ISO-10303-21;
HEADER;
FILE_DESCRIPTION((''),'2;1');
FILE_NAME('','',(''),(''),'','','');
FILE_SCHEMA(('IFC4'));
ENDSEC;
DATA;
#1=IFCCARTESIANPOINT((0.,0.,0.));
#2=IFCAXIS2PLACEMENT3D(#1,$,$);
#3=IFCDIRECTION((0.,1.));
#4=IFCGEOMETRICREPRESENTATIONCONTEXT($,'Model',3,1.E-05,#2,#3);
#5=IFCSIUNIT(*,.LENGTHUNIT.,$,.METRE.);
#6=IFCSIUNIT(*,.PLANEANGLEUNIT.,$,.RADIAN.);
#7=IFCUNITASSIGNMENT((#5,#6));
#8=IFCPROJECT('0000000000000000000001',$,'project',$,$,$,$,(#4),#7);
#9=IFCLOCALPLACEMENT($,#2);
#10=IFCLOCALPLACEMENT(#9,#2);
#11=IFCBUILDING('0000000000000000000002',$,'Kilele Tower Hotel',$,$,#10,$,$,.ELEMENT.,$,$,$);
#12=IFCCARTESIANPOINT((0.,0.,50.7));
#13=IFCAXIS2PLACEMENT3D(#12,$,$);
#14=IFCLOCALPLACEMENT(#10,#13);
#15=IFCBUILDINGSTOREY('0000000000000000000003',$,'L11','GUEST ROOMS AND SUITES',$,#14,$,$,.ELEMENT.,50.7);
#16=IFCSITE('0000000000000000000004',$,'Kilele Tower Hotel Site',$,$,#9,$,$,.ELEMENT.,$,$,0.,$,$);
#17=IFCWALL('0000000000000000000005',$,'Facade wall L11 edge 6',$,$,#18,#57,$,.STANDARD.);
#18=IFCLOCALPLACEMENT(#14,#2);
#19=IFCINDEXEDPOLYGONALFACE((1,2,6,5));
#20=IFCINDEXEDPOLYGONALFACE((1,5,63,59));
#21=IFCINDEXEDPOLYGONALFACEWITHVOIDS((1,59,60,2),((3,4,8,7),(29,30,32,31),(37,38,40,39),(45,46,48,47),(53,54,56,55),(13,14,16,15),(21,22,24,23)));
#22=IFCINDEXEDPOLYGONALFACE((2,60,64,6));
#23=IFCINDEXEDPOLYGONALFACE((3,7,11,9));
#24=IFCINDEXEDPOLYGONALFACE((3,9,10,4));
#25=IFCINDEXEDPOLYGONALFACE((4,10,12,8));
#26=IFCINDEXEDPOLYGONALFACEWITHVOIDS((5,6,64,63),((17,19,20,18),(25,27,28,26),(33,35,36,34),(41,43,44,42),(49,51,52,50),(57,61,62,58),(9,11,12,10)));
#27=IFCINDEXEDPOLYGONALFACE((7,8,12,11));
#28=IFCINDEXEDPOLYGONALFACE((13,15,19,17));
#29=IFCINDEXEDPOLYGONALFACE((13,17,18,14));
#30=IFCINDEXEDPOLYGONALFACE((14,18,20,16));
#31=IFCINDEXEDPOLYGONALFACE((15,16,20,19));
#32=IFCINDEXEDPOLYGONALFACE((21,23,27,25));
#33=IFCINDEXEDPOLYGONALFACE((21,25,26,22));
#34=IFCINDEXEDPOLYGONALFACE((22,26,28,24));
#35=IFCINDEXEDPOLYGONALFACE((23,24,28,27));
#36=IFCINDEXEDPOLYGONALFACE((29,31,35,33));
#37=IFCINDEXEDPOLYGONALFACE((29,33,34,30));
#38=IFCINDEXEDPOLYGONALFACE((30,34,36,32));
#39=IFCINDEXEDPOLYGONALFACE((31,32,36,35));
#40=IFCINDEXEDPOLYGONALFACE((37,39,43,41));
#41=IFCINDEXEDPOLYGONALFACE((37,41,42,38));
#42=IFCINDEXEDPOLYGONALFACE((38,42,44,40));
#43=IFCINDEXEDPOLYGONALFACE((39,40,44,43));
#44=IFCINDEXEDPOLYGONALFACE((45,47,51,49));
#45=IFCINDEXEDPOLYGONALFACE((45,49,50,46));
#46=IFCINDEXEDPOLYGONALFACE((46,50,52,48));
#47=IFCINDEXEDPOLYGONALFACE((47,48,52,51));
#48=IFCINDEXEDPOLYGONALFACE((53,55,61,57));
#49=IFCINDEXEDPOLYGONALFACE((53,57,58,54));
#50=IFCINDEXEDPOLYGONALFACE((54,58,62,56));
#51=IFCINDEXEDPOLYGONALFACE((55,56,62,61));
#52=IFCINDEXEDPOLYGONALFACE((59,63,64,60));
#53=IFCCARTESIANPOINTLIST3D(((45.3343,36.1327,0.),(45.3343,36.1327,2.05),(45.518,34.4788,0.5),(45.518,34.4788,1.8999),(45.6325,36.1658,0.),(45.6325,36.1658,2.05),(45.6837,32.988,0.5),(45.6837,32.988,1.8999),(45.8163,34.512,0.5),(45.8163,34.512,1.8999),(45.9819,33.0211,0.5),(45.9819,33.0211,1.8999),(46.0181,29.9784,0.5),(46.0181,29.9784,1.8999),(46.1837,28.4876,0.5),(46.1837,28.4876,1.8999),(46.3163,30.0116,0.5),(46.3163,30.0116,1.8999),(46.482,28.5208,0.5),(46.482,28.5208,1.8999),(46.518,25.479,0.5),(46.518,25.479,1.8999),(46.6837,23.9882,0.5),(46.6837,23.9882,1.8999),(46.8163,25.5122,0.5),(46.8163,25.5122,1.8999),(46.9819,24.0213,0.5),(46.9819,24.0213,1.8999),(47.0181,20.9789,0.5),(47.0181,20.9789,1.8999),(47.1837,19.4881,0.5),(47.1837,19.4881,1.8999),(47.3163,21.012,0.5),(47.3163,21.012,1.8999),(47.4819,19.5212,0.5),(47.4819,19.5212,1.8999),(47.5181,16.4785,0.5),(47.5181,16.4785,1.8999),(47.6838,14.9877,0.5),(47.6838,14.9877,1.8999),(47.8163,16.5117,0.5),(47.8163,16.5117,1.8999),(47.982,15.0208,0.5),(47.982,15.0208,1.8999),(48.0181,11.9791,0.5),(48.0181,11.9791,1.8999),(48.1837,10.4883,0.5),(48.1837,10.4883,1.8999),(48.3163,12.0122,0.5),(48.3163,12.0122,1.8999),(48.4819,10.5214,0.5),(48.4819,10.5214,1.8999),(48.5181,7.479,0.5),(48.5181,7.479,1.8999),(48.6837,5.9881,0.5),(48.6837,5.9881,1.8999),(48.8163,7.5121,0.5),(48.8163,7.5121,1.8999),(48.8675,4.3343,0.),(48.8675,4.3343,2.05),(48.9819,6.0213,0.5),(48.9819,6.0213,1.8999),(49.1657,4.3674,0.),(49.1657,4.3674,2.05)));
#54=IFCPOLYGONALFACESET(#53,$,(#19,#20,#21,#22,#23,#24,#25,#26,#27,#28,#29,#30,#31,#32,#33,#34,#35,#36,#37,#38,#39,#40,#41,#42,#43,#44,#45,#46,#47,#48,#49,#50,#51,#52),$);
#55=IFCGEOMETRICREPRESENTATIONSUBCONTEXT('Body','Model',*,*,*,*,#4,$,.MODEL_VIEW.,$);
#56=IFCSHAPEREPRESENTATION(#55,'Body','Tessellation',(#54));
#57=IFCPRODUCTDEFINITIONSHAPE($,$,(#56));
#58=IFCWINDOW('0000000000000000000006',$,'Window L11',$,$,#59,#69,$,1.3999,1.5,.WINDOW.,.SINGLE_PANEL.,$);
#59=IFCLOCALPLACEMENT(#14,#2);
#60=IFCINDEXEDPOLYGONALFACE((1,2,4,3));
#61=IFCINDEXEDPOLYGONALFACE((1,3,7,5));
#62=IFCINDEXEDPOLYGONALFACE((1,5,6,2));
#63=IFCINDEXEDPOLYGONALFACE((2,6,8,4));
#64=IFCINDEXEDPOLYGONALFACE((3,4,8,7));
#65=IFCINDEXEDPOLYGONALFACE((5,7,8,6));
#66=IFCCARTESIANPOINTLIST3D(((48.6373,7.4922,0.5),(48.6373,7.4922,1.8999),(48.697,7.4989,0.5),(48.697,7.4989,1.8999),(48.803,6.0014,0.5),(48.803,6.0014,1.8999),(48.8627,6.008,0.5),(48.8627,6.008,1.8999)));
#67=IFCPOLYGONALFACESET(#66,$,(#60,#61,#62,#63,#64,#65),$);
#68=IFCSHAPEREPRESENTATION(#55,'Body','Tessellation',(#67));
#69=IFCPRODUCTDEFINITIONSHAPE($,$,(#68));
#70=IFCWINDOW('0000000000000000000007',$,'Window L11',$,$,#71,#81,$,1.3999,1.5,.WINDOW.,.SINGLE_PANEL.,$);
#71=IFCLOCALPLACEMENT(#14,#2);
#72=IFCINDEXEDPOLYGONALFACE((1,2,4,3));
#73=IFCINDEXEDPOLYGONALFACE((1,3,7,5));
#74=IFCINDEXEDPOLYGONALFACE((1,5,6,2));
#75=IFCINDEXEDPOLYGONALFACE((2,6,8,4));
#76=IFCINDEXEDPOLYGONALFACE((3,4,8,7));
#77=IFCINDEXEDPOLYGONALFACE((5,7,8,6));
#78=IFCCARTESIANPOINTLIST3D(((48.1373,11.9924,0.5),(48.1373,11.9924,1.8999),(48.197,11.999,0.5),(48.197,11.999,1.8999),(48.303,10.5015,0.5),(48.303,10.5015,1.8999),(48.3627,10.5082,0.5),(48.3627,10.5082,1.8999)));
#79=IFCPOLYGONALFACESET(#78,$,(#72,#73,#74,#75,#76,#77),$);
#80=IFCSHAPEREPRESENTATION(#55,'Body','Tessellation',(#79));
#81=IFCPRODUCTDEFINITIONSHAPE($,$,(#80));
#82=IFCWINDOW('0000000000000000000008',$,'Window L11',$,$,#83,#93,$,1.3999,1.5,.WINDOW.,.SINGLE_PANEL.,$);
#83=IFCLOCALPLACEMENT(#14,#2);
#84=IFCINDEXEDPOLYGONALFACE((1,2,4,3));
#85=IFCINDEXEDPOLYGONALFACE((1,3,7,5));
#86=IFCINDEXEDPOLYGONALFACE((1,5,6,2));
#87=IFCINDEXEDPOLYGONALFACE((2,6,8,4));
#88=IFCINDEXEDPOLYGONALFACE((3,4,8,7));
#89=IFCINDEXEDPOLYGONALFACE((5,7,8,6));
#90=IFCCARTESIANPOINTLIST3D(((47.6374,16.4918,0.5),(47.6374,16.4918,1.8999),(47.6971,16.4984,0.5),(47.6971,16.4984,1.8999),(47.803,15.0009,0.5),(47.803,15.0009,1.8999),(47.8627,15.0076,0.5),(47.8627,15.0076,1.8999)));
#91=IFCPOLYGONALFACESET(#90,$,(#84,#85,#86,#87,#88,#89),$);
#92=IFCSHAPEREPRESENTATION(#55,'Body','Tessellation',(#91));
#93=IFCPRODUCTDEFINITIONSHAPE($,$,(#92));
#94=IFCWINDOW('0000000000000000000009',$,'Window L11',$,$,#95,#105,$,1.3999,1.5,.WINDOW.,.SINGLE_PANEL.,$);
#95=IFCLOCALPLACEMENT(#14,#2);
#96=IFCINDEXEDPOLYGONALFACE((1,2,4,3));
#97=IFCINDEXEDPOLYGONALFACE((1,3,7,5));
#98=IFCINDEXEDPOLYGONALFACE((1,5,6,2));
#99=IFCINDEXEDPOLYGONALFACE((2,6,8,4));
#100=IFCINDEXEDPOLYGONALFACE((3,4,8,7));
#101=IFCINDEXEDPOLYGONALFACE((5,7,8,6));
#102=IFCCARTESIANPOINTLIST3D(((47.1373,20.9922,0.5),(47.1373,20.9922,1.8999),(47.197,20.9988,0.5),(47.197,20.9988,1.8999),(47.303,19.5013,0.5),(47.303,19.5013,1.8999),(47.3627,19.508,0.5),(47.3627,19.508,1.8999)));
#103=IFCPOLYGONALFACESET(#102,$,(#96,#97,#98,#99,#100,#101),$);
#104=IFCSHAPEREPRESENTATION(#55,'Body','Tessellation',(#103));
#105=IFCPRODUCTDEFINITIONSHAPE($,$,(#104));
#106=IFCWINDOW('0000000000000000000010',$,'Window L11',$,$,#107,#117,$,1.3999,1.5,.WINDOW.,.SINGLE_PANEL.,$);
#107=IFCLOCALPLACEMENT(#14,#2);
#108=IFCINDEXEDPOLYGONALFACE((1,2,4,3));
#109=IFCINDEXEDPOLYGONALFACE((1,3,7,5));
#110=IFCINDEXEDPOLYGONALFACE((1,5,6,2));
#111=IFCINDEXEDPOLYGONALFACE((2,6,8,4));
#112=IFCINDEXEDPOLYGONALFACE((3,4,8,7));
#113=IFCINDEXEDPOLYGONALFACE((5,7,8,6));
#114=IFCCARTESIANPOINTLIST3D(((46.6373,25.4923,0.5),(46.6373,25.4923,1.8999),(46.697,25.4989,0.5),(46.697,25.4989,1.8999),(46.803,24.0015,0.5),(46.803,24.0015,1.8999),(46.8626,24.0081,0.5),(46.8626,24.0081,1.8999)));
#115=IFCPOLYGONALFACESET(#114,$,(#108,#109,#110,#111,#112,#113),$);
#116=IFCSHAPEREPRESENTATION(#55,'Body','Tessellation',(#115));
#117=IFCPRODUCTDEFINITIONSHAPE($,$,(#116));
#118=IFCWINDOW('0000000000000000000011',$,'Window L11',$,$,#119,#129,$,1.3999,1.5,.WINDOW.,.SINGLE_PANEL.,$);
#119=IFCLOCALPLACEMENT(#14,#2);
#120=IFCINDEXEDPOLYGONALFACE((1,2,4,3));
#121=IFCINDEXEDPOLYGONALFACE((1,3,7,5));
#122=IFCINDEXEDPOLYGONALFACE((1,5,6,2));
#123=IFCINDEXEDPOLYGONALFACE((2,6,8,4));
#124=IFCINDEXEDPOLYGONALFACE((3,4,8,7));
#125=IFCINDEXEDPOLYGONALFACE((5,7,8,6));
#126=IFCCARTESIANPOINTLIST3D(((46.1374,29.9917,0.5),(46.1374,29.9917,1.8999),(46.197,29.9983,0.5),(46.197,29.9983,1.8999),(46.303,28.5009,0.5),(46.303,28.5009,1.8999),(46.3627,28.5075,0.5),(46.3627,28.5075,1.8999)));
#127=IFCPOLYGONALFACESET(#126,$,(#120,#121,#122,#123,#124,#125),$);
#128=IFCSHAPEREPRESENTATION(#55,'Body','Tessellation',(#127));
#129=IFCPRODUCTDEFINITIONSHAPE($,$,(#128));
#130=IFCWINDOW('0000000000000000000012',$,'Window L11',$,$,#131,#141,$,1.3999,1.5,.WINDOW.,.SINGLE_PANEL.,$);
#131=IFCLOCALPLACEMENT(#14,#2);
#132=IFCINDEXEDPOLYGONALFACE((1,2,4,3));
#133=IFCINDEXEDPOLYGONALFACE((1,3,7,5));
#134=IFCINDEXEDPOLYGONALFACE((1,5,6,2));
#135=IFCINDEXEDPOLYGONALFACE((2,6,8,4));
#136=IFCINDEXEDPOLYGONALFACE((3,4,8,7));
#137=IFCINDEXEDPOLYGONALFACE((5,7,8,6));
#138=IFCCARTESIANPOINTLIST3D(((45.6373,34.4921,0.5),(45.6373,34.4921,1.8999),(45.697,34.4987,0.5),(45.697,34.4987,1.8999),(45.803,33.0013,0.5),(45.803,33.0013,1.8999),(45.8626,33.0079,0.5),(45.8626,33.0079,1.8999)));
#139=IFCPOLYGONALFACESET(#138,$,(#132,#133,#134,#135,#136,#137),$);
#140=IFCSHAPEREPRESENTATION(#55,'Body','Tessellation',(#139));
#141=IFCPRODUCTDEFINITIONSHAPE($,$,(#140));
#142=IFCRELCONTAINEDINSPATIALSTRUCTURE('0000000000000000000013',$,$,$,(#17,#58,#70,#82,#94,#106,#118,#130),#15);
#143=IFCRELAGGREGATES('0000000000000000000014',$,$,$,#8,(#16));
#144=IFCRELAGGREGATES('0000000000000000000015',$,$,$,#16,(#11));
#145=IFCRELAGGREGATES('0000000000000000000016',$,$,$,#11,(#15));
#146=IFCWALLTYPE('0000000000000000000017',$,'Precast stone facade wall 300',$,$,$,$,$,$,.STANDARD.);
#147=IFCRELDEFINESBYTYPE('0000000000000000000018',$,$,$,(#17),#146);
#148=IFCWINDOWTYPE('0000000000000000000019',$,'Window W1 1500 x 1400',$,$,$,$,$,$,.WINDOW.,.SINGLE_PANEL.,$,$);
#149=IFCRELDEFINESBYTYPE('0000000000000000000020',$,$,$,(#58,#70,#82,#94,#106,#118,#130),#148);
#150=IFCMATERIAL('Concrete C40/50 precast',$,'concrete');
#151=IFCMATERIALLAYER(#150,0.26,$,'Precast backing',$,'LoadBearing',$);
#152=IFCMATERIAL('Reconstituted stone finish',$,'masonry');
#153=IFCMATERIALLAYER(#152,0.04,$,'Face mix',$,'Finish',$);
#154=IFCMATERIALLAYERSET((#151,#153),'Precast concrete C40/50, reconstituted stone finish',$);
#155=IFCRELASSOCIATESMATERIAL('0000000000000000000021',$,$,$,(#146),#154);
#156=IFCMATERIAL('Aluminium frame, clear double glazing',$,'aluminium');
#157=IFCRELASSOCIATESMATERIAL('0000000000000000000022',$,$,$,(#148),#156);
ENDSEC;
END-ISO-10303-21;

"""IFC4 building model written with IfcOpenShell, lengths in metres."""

from ifc_helpers import new_model, si_unit, direction, frame, frame_2d, origin, place, context, subcontext, project, spatial, rectangle, extrude, material, layer, layer_set, type_object, element, fill, save


model = new_model("IFC4")

# Units and contexts
model_context = context("Model", 3, precision=1e-05, world=origin(), true_north=direction((0.0, 1.0)))
body_context = subcontext(model_context, "Body", "Model", "MODEL_VIEW")
ifc_project = project(units=[si_unit("LENGTHUNIT", "METRE"), si_unit("PLANEANGLEUNIT", "RADIAN")], contexts=[model_context])

# Site, building, storey
site_placement = place(None, origin())
site = spatial("IfcSite", under=ifc_project, at=site_placement, Name="Kilele Tower Hotel Site", CompositionType="ELEMENT", RefElevation=0.0)
building_placement = place(site_placement, origin())
building = spatial("IfcBuilding", under=site, at=building_placement, Name="Kilele Tower Hotel", CompositionType="ELEMENT")
storey_placement = place(building_placement, frame((0.0, 0.0, 50.7)))
storey = spatial("IfcBuildingStorey", under=building, at=storey_placement, Name="L11", Description="GUEST ROOMS AND SUITES", CompositionType="ELEMENT", Elevation=50.7)

# Shared definitions
ifc_material_1 = material(Name="Concrete C40/50 precast", Category="concrete")
ifc_layer_1 = layer(ifc_material_1, 0.26, Name="Precast backing", Category="LoadBearing")
ifc_material_2 = material(Name="Reconstituted stone finish", Category="masonry")
ifc_layer_2 = layer(ifc_material_2, 0.04, Name="Face mix", Category="Finish")
ifc_layer_set_1 = layer_set([ifc_layer_1, ifc_layer_2], Name="Precast concrete C40/50, reconstituted stone finish")
wall_type_1 = type_object("IfcWallType", Name="Precast stone facade wall 300", PredefinedType="STANDARD", material=ifc_layer_set_1)
ifc_material_3 = material(Name="Aluminium frame, clear double glazing", Category="aluminium")
window_type = type_object("IfcWindowType", Name="Window W1 1500 x 1400", PartitioningType="SINGLE_PANEL", PredefinedType="WINDOW", material=ifc_material_3)

# Wall, openings, windows
wall_1_placement = place(storey_placement, frame((49.0166, 4.3508, 0.0), z_axis=(0.0, 0.0, 1.0), x_axis=(-0.110433, 0.993884, 0.0)))
wall_1 = element("IfcWall", 1, at=wall_1_placement, inside=storey, type_object=wall_type_1, Name="Facade wall L11 edge 6", PredefinedType="STANDARD", context=body_context, shape_type="SweptSolid", body=[
    extrude(rectangle(XDim=31.9941, YDim=0.3, at=frame_2d((15.9971, 0.0))), origin(), (0.0, 0.0, 1.0), 2.05),
])
opening_1_placement = place(wall_1_placement, frame((1.6641, 0.0, 0.5)))
opening_1 = element("IfcOpeningElement", 2, at=opening_1_placement, cuts=wall_1, PredefinedType="OPENING", context=body_context, shape_type="SweptSolid", body=[
    extrude(rectangle(XDim=1.5, YDim=1.3999, at=frame_2d((0.75, 0.7))), frame((0.0, 0.1599, 0.0), z_axis=(0.0, -1.0, 0.0), x_axis=(1.0, 0.0, 0.0)), (0.0, 0.0, 1.0), 0.3201),
])
opening_2_placement = place(wall_1_placement, frame((6.1919, 0.0, 0.5)))
opening_2 = element("IfcOpeningElement", 3, at=opening_2_placement, cuts=wall_1, PredefinedType="OPENING", context=body_context, shape_type="SweptSolid", body=[
    extrude(rectangle(XDim=1.5, YDim=1.3999, at=frame_2d((0.75, 0.7))), frame((0.0, 0.1599, 0.0), z_axis=(0.0, -1.0, 0.0), x_axis=(1.0, 0.0, 0.0)), (0.0, 0.0, 1.0), 0.3201),
])
opening_3_placement = place(wall_1_placement, frame((10.719, 0.0, 0.5)))
opening_3 = element("IfcOpeningElement", 4, at=opening_3_placement, cuts=wall_1, PredefinedType="OPENING", context=body_context, shape_type="SweptSolid", body=[
    extrude(rectangle(XDim=1.5, YDim=1.3999, at=frame_2d((0.75, 0.7))), frame((0.0, 0.1599, 0.0), z_axis=(0.0, -1.0, 0.0), x_axis=(1.0, 0.0, 0.0)), (0.0, 0.0, 1.0), 0.3201),
])
opening_4_placement = place(wall_1_placement, frame((15.2471, 0.0, 0.5)))
opening_4 = element("IfcOpeningElement", 5, at=opening_4_placement, cuts=wall_1, PredefinedType="OPENING", context=body_context, shape_type="SweptSolid", body=[
    extrude(rectangle(XDim=1.5, YDim=1.3999, at=frame_2d((0.75, 0.7))), frame((0.0, 0.1599, 0.0), z_axis=(0.0, -1.0, 0.0), x_axis=(1.0, 0.0, 0.0)), (0.0, 0.0, 1.0), 0.3201),
])
opening_5_placement = place(wall_1_placement, frame((19.7749, 0.0, 0.5)))
opening_5 = element("IfcOpeningElement", 6, at=opening_5_placement, cuts=wall_1, PredefinedType="OPENING", context=body_context, shape_type="SweptSolid", body=[
    extrude(rectangle(XDim=1.5, YDim=1.3999, at=frame_2d((0.75, 0.7))), frame((0.0, 0.1599, 0.0), z_axis=(0.0, -1.0, 0.0), x_axis=(1.0, 0.0, 0.0)), (0.0, 0.0, 1.0), 0.3201),
])
opening_6_placement = place(wall_1_placement, frame((24.302, 0.0, 0.5)))
opening_6 = element("IfcOpeningElement", 7, at=opening_6_placement, cuts=wall_1, PredefinedType="OPENING", context=body_context, shape_type="SweptSolid", body=[
    extrude(rectangle(XDim=1.5, YDim=1.3999, at=frame_2d((0.75, 0.7))), frame((0.0, 0.1599, 0.0), z_axis=(0.0, -1.0, 0.0), x_axis=(1.0, 0.0, 0.0)), (0.0, 0.0, 1.0), 0.3201),
])
opening_7_placement = place(wall_1_placement, frame((28.8301, 0.0, 0.5)))
opening_7 = element("IfcOpeningElement", 8, at=opening_7_placement, cuts=wall_1, PredefinedType="OPENING", context=body_context, shape_type="SweptSolid", body=[
    extrude(rectangle(XDim=1.5, YDim=1.3999, at=frame_2d((0.75, 0.7))), frame((0.0, 0.1599, 0.0), z_axis=(0.0, -1.0, 0.0), x_axis=(1.0, 0.0, 0.0)), (0.0, 0.0, 1.0), 0.3201),
])
window_1_placement = place(opening_1_placement, origin())
window_1 = element("IfcWindow", 9, at=window_1_placement, inside=storey, type_object=window_type, Name="Window L11", OverallHeight=1.3999, OverallWidth=1.5, PartitioningType="SINGLE_PANEL", PredefinedType="WINDOW", context=body_context, shape_type="SweptSolid", body=[
    extrude(rectangle(XDim=1.5, YDim=1.3999, at=frame_2d((0.75, 0.7))), frame((0.0, 0.03, 0.0), z_axis=(0.0, -1.0, 0.0), x_axis=(1.0, 0.0, 0.0)), (0.0, 0.0, 1.0), 0.0601),
])
fill(opening_1, window_1)
window_2_placement = place(opening_2_placement, origin())
window_2 = element("IfcWindow", 10, at=window_2_placement, inside=storey, type_object=window_type, Name="Window L11", OverallHeight=1.3999, OverallWidth=1.5, PartitioningType="SINGLE_PANEL", PredefinedType="WINDOW", context=body_context, shape_type="SweptSolid", body=[
    extrude(rectangle(XDim=1.5, YDim=1.3999, at=frame_2d((0.75, 0.7))), frame((0.0, 0.03, 0.0), z_axis=(0.0, -1.0, 0.0), x_axis=(1.0, 0.0, 0.0)), (0.0, 0.0, 1.0), 0.0601),
])
fill(opening_2, window_2)
window_3_placement = place(opening_3_placement, origin())
window_3 = element("IfcWindow", 11, at=window_3_placement, inside=storey, type_object=window_type, Name="Window L11", OverallHeight=1.3999, OverallWidth=1.5, PartitioningType="SINGLE_PANEL", PredefinedType="WINDOW", context=body_context, shape_type="SweptSolid", body=[
    extrude(rectangle(XDim=1.5, YDim=1.3999, at=frame_2d((0.75, 0.7))), frame((0.0, 0.03, 0.0), z_axis=(0.0, -1.0, 0.0), x_axis=(1.0, 0.0, 0.0)), (0.0, 0.0, 1.0), 0.0601),
])
fill(opening_3, window_3)
window_4_placement = place(opening_4_placement, origin())
window_4 = element("IfcWindow", 12, at=window_4_placement, inside=storey, type_object=window_type, Name="Window L11", OverallHeight=1.3999, OverallWidth=1.5, PartitioningType="SINGLE_PANEL", PredefinedType="WINDOW", context=body_context, shape_type="SweptSolid", body=[
    extrude(rectangle(XDim=1.5, YDim=1.3999, at=frame_2d((0.75, 0.7))), frame((0.0, 0.03, 0.0), z_axis=(0.0, -1.0, 0.0), x_axis=(1.0, 0.0, 0.0)), (0.0, 0.0, 1.0), 0.0601),
])
fill(opening_4, window_4)
window_5_placement = place(opening_5_placement, origin())
window_5 = element("IfcWindow", 13, at=window_5_placement, inside=storey, type_object=window_type, Name="Window L11", OverallHeight=1.3999, OverallWidth=1.5, PartitioningType="SINGLE_PANEL", PredefinedType="WINDOW", context=body_context, shape_type="SweptSolid", body=[
    extrude(rectangle(XDim=1.5, YDim=1.3999, at=frame_2d((0.75, 0.7))), frame((0.0, 0.03, 0.0), z_axis=(0.0, -1.0, 0.0), x_axis=(1.0, 0.0, 0.0)), (0.0, 0.0, 1.0), 0.0601),
])
fill(opening_5, window_5)
window_6_placement = place(opening_6_placement, origin())
window_6 = element("IfcWindow", 14, at=window_6_placement, inside=storey, type_object=window_type, Name="Window L11", OverallHeight=1.3999, OverallWidth=1.5, PartitioningType="SINGLE_PANEL", PredefinedType="WINDOW", context=body_context, shape_type="SweptSolid", body=[
    extrude(rectangle(XDim=1.5, YDim=1.3999, at=frame_2d((0.75, 0.7))), frame((0.0, 0.03, 0.0), z_axis=(0.0, -1.0, 0.0), x_axis=(1.0, 0.0, 0.0)), (0.0, 0.0, 1.0), 0.0601),
])
fill(opening_6, window_6)
window_7_placement = place(opening_7_placement, origin())
window_7 = element("IfcWindow", 15, at=window_7_placement, inside=storey, type_object=window_type, Name="Window L11", OverallHeight=1.3999, OverallWidth=1.5, PartitioningType="SINGLE_PANEL", PredefinedType="WINDOW", context=body_context, shape_type="SweptSolid", body=[
    extrude(rectangle(XDim=1.5, YDim=1.3999, at=frame_2d((0.75, 0.7))), frame((0.0, 0.03, 0.0), z_axis=(0.0, -1.0, 0.0), x_axis=(1.0, 0.0, 0.0)), (0.0, 0.0, 1.0), 0.0601),
])
fill(opening_7, window_7)

save(model, "model.ifc")
